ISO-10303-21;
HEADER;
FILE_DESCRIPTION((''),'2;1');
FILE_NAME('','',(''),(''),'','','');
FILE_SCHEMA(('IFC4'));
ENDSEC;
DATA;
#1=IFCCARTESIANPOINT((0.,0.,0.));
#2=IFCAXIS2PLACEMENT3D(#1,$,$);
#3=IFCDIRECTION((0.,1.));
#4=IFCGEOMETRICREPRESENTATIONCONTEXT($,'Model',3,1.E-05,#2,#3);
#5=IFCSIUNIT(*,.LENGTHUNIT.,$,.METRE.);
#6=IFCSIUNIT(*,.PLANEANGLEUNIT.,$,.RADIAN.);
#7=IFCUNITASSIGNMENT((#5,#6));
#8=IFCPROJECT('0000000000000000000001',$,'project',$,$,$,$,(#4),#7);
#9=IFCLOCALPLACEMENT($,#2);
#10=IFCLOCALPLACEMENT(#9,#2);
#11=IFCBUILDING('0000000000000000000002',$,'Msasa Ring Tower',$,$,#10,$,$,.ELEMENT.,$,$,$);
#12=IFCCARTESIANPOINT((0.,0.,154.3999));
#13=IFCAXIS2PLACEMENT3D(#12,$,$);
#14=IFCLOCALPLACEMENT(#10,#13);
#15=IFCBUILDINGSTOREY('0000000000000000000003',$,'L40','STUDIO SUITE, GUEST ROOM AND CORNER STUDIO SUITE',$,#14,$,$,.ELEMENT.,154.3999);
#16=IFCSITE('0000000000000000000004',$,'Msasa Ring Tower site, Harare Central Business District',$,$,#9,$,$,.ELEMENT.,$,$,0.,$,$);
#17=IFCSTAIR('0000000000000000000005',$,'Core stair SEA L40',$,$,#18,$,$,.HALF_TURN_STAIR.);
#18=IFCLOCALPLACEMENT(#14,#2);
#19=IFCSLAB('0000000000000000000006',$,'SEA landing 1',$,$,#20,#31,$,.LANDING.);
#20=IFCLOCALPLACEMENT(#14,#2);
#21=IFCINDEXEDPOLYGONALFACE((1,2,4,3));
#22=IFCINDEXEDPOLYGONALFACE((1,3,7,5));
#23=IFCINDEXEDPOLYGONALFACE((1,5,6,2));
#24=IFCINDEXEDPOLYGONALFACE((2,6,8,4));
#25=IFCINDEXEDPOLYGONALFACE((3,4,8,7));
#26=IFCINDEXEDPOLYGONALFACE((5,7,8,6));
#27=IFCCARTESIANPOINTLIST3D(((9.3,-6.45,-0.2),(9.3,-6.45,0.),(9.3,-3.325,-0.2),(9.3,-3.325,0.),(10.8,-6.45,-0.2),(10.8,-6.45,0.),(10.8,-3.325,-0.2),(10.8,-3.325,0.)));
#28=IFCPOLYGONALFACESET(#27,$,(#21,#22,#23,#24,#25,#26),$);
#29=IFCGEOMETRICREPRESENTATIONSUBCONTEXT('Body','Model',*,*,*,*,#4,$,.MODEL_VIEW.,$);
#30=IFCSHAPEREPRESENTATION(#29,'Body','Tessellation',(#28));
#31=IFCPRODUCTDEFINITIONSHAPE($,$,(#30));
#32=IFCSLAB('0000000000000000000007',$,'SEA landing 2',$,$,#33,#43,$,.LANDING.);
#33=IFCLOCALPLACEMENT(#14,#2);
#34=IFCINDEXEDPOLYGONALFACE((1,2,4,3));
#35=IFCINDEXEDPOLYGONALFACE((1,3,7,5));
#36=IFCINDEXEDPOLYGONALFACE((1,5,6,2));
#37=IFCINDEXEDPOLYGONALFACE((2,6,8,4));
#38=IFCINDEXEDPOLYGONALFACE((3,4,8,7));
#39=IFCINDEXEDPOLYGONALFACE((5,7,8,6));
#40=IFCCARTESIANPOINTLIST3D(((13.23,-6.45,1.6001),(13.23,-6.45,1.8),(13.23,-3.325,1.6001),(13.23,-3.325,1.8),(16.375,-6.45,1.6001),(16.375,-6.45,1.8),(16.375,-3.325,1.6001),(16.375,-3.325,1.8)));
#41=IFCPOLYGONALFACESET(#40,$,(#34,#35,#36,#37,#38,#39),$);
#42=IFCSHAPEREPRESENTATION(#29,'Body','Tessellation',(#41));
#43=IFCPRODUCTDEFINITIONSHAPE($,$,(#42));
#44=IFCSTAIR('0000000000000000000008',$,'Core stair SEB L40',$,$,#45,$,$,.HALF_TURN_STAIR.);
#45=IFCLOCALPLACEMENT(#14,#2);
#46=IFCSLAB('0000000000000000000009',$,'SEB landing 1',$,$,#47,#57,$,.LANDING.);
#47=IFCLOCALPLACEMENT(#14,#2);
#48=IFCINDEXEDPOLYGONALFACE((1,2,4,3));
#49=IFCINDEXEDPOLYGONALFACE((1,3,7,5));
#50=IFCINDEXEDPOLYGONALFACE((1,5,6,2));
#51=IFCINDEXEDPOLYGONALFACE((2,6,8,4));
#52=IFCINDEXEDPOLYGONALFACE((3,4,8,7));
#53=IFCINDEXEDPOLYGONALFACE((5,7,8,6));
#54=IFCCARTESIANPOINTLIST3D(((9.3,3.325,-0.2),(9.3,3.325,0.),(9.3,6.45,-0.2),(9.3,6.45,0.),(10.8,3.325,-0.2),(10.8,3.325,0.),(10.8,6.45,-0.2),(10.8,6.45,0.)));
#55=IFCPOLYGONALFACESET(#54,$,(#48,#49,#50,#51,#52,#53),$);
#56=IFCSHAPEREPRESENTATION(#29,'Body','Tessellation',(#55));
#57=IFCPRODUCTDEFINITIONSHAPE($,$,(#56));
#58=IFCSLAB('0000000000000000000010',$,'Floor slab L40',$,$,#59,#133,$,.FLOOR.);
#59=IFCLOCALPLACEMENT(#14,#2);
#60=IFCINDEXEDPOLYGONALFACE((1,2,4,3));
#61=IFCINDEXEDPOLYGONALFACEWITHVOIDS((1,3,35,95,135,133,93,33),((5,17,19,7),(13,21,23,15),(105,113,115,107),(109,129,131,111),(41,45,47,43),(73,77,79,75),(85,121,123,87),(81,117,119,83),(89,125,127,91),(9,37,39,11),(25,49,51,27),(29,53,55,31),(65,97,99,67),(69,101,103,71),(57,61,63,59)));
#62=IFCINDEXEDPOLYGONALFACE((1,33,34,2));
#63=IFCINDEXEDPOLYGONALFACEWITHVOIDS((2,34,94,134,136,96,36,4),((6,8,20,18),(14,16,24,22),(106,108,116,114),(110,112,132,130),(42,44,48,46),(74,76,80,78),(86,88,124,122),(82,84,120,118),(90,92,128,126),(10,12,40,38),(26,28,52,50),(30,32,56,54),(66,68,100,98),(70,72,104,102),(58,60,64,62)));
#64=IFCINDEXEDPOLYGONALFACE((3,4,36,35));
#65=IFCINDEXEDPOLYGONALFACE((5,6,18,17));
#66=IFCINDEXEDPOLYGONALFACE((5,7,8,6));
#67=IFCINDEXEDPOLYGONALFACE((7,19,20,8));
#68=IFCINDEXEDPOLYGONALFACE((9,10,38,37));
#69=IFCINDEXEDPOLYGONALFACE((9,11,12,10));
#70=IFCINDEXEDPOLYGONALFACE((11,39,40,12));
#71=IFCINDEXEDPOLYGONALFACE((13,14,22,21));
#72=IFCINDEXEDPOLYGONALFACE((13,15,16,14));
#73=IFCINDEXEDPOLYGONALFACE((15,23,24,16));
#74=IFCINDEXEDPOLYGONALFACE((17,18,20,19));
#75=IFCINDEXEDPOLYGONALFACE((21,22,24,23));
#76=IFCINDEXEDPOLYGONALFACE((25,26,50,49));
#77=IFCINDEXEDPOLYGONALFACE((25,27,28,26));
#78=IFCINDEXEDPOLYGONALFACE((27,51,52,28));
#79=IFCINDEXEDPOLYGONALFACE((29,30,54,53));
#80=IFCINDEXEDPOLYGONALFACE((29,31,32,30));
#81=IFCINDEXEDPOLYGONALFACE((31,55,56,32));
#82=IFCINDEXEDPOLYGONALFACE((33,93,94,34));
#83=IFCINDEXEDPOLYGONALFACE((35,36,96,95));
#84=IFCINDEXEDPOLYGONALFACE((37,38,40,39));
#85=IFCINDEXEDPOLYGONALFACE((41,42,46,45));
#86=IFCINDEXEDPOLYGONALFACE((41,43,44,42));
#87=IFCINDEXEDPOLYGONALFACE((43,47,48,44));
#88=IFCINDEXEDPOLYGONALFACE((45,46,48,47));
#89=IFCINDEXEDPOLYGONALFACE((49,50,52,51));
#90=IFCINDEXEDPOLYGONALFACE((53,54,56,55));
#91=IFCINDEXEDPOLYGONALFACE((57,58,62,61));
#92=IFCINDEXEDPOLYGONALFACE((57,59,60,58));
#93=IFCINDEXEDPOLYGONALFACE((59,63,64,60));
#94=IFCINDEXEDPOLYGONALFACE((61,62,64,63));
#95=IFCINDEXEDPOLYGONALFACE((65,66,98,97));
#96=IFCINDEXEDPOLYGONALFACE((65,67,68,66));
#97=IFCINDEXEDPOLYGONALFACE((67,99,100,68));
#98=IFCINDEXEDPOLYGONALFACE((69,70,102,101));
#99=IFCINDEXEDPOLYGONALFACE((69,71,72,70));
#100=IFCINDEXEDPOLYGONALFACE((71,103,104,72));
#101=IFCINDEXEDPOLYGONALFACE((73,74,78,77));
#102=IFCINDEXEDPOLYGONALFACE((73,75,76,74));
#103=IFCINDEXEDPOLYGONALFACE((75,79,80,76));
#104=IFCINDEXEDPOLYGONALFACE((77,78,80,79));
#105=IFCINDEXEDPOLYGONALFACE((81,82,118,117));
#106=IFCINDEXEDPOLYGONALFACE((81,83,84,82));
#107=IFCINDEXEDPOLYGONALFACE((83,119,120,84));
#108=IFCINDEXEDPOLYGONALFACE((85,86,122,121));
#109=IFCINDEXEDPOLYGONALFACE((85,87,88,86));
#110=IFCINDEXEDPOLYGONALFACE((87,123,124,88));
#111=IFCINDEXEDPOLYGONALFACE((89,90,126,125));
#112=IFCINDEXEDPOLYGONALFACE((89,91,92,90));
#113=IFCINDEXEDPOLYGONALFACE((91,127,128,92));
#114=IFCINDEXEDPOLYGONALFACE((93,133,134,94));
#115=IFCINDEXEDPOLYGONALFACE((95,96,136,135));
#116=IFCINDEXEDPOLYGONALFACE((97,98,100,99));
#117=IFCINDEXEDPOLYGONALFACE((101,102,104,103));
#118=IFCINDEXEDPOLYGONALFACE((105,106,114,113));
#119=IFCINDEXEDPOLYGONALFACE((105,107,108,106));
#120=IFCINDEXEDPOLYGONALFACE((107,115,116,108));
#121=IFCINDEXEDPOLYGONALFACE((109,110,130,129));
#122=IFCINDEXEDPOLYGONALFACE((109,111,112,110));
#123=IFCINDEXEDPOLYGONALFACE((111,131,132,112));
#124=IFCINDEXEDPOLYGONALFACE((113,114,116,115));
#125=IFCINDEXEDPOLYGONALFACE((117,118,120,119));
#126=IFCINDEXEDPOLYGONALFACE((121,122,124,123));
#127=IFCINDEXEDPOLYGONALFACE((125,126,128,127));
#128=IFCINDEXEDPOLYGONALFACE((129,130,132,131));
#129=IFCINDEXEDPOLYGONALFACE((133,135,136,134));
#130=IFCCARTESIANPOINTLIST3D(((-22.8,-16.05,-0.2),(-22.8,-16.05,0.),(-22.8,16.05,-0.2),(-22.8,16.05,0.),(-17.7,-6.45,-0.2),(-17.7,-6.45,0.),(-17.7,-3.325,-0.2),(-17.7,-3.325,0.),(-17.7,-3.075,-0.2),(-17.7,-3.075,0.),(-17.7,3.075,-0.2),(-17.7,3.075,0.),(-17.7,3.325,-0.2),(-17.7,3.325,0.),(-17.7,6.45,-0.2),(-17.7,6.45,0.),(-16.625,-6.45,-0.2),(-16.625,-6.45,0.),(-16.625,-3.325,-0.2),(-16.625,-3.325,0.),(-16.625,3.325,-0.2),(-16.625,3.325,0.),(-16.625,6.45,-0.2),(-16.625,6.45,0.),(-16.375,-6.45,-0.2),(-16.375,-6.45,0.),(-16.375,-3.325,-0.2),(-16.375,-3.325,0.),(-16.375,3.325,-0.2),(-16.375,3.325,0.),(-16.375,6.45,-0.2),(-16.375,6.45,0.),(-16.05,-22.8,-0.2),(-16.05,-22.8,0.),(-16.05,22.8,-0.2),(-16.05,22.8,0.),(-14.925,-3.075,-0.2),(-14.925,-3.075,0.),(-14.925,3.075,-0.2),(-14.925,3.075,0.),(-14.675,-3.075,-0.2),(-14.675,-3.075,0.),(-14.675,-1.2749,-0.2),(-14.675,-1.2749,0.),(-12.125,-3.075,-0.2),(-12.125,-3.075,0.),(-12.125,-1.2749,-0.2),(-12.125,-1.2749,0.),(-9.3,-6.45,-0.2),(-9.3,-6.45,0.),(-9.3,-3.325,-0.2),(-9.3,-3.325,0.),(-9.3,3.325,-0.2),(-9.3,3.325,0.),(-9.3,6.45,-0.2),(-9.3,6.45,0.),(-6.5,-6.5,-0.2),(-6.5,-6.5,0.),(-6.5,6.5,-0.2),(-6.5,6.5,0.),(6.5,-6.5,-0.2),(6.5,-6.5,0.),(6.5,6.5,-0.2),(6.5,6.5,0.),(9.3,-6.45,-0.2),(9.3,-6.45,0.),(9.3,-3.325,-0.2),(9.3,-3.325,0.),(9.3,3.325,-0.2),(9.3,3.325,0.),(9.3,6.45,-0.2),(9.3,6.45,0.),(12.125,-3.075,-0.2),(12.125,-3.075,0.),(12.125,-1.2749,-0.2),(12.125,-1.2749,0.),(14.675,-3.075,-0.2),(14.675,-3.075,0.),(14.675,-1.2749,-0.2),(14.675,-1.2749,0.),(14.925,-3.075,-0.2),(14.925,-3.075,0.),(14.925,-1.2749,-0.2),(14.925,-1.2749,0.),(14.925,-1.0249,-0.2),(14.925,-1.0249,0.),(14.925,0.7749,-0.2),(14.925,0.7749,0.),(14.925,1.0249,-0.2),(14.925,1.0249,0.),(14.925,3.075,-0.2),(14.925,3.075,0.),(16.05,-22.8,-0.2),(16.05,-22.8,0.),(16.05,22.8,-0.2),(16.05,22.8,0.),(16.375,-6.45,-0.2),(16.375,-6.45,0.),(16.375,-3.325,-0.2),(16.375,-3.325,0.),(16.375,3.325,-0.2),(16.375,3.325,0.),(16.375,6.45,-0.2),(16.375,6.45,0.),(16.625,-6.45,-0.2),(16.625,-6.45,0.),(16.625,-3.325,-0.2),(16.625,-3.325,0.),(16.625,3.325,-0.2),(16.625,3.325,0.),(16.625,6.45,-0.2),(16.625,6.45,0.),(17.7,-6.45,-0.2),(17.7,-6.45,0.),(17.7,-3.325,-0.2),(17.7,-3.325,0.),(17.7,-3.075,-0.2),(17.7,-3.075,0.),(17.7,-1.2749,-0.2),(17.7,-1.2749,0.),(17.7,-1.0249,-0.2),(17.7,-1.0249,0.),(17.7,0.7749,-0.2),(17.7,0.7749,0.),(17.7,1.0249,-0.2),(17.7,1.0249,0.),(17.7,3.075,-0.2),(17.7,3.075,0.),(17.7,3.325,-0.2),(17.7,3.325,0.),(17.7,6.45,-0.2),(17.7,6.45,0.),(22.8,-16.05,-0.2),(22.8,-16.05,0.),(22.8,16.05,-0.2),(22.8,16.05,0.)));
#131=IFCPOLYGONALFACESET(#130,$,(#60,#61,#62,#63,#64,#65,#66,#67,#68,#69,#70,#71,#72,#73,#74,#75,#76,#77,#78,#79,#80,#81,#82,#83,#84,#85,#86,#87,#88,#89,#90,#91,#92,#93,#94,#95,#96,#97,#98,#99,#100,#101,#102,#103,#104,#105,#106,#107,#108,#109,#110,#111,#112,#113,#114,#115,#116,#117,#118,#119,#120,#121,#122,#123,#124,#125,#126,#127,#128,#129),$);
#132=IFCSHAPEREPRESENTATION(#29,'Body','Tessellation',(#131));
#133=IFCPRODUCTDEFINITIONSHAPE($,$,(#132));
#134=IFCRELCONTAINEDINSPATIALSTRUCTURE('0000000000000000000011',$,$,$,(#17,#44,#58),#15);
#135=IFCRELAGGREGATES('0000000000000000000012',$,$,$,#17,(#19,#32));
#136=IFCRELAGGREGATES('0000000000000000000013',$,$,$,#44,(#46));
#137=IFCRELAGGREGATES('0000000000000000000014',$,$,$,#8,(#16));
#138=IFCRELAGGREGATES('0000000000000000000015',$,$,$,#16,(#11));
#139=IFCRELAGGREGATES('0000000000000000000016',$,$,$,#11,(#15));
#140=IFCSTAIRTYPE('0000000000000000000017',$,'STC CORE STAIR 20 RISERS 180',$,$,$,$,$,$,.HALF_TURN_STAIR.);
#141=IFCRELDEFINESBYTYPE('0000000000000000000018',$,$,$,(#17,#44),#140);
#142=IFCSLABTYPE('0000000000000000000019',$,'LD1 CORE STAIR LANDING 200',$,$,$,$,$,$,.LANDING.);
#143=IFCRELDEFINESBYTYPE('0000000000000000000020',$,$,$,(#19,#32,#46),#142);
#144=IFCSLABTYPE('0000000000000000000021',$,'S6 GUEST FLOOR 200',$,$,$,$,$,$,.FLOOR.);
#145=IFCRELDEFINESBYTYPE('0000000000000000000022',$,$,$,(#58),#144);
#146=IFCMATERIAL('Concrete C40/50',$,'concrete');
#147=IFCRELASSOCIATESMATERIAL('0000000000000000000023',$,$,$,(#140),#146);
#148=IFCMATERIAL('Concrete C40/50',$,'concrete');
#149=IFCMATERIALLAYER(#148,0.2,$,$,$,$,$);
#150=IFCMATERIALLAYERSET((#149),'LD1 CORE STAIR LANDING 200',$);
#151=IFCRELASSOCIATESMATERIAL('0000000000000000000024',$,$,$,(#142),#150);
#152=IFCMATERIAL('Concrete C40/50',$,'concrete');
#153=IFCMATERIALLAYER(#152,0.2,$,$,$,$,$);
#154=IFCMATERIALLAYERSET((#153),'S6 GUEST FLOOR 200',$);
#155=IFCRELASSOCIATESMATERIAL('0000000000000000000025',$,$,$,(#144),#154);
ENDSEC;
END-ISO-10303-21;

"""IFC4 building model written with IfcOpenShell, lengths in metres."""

from ifc_helpers import new_model, si_unit, direction, frame, origin, place, context, subcontext, project, spatial, polyline, outline, extrude, material, layer, layer_set, type_object, element, aggregate, save


model = new_model("IFC4")

# Units and contexts
model_context = context("Model", 3, precision=1e-05, world=origin(), true_north=direction((0.0, 1.0)))
body_context = subcontext(model_context, "Body", "Model", "MODEL_VIEW")
ifc_project = project(units=[si_unit("LENGTHUNIT", "METRE"), si_unit("PLANEANGLEUNIT", "RADIAN")], contexts=[model_context])

# Site, building, storey
site_placement = place(None, origin())
site = spatial("IfcSite", under=ifc_project, at=site_placement, Name="Msasa Ring Tower site, Harare Central Business District", CompositionType="ELEMENT", RefElevation=0.0)
building_placement = place(site_placement, origin())
building = spatial("IfcBuilding", under=site, at=building_placement, Name="Msasa Ring Tower", CompositionType="ELEMENT")
storey_placement = place(building_placement, frame((0.0, 0.0, 154.3999)))
storey = spatial("IfcBuildingStorey", under=building, at=storey_placement, Name="L40", Description="STUDIO SUITE, GUEST ROOM AND CORNER STUDIO SUITE", CompositionType="ELEMENT", Elevation=154.3999)

# Stair, slabs
ifc_material_1 = material(Name="Concrete C40/50", Category="concrete")
stair_type = type_object("IfcStairType", Name="STC CORE STAIR 20 RISERS 180", PredefinedType="HALF_TURN_STAIR", material=ifc_material_1)
stair_1_placement = place(storey_placement, origin())
stair_1 = element("IfcStair", 1, at=stair_1_placement, inside=storey, type_object=stair_type, Name="Core stair SEA L40", PredefinedType="HALF_TURN_STAIR")
ifc_material_2 = material(Name="Concrete C40/50", Category="concrete")
ifc_layer_1 = layer(ifc_material_2, 0.2)
ifc_layer_set_1 = layer_set([ifc_layer_1], Name="LD1 CORE STAIR LANDING 200")
slab_type_1 = type_object("IfcSlabType", Name="LD1 CORE STAIR LANDING 200", PredefinedType="LANDING", material=ifc_layer_set_1)
slab_1_placement = place(storey_placement, frame((0.0, 0.0, -0.2)))
slab_1 = element("IfcSlab", 2, at=slab_1_placement, type_object=slab_type_1, Name="SEA landing 1", PredefinedType="LANDING", context=body_context, shape_type="SweptSolid", body=[
    extrude(outline(polyline([(9.3, -6.45), (10.8, -6.45), (10.8, -3.325), (9.3, -3.325), (9.3, -6.45)])), origin(), (0.0, 0.0, 1.0), 0.2),
])
slab_2_placement = place(storey_placement, frame((0.0, 0.0, 1.6001)))
slab_2 = element("IfcSlab", 3, at=slab_2_placement, type_object=slab_type_1, Name="SEA landing 2", PredefinedType="LANDING", context=body_context, shape_type="SweptSolid", body=[
    extrude(outline(polyline([(13.23, -6.45), (16.375, -6.45), (16.375, -3.325), (13.23, -3.325), (13.23, -6.45)])), origin(), (0.0, 0.0, 1.0), 0.2),
])
aggregate(stair_1, [slab_1, slab_2])

# Stair, slab
stair_2_placement = place(storey_placement, origin())
stair_2 = element("IfcStair", 4, at=stair_2_placement, inside=storey, type_object=stair_type, Name="Core stair SEB L40", PredefinedType="HALF_TURN_STAIR")
slab_3_placement = place(storey_placement, frame((0.0, 0.0, -0.2)))
slab_3 = element("IfcSlab", 5, at=slab_3_placement, type_object=slab_type_1, Name="SEB landing 1", PredefinedType="LANDING", context=body_context, shape_type="SweptSolid", body=[
    extrude(outline(polyline([(9.3, 3.325), (10.8, 3.325), (10.8, 6.45), (9.3, 6.45), (9.3, 3.325)])), origin(), (0.0, 0.0, 1.0), 0.2),
])
aggregate(stair_2, [slab_3])

# Slab
ifc_material_3 = material(Name="Concrete C40/50", Category="concrete")
ifc_layer_2 = layer(ifc_material_3, 0.2)
ifc_layer_set_2 = layer_set([ifc_layer_2], Name="S6 GUEST FLOOR 200")
slab_type_2 = type_object("IfcSlabType", Name="S6 GUEST FLOOR 200", PredefinedType="FLOOR", material=ifc_layer_set_2)
slab_4_placement = place(storey_placement, frame((0.0, 0.0, -0.2)))
element("IfcSlab", 6, at=slab_4_placement, inside=storey, type_object=slab_type_2, Name="Floor slab L40", PredefinedType="FLOOR", context=body_context, shape_type="SweptSolid", body=[
    extrude(outline(polyline([(-16.05, -22.8), (16.05, -22.8), (22.8, -16.05), (22.8, 16.05), (16.05, 22.8), (-16.05, 22.8), (-22.8, 16.05), (-22.8, -16.05), (-16.05, -22.8)]), holes=[polyline([(-6.5, -6.5), (6.5, -6.5), (6.5, 6.5), (-6.5, 6.5), (-6.5, -6.5)]), polyline([(9.3, -6.45), (16.375, -6.45), (16.375, -3.325), (9.3, -3.325), (9.3, -6.45)]), polyline([(9.3, 3.325), (16.375, 3.325), (16.375, 6.45), (9.3, 6.45), (9.3, 3.325)]), polyline([(12.125, -3.075), (14.675, -3.075), (14.675, -1.2749), (12.125, -1.2749), (12.125, -3.075)]), polyline([(16.625, -6.45), (17.7, -6.45), (17.7, -3.325), (16.625, -3.325), (16.625, -6.45)]), polyline([(16.625, 3.325), (17.7, 3.325), (17.7, 6.45), (16.625, 6.45), (16.625, 3.325)]), polyline([(14.925, -3.075), (17.7, -3.075), (17.7, -1.2749), (14.925, -1.2749), (14.925, -3.075)]), polyline([(14.925, -1.0249), (17.7, -1.0249), (17.7, 0.7749), (14.925, 0.7749), (14.925, -1.0249)]), polyline([(14.925, 1.0249), (17.7, 1.0249), (17.7, 3.075), (14.925, 3.075), (14.925, 1.0249)]), polyline([(-16.375, -6.45), (-9.3, -6.45), (-9.3, -3.325), (-16.375, -3.325), (-16.375, -6.45)]), polyline([(-16.375, 3.325), (-9.3, 3.325), (-9.3, 6.45), (-16.375, 6.45), (-16.375, 3.325)]), polyline([(-14.675, -3.075), (-12.125, -3.075), (-12.125, -1.2749), (-14.675, -1.2749), (-14.675, -3.075)]), polyline([(-17.7, -6.45), (-16.625, -6.45), (-16.625, -3.325), (-17.7, -3.325), (-17.7, -6.45)]), polyline([(-17.7, 3.325), (-16.625, 3.325), (-16.625, 6.45), (-17.7, 6.45), (-17.7, 3.325)]), polyline([(-17.7, -3.075), (-14.925, -3.075), (-14.925, 3.075), (-17.7, 3.075), (-17.7, -3.075)])]), origin(), (0.0, 0.0, 1.0), 0.2),
])

save(model, "model.ifc")
